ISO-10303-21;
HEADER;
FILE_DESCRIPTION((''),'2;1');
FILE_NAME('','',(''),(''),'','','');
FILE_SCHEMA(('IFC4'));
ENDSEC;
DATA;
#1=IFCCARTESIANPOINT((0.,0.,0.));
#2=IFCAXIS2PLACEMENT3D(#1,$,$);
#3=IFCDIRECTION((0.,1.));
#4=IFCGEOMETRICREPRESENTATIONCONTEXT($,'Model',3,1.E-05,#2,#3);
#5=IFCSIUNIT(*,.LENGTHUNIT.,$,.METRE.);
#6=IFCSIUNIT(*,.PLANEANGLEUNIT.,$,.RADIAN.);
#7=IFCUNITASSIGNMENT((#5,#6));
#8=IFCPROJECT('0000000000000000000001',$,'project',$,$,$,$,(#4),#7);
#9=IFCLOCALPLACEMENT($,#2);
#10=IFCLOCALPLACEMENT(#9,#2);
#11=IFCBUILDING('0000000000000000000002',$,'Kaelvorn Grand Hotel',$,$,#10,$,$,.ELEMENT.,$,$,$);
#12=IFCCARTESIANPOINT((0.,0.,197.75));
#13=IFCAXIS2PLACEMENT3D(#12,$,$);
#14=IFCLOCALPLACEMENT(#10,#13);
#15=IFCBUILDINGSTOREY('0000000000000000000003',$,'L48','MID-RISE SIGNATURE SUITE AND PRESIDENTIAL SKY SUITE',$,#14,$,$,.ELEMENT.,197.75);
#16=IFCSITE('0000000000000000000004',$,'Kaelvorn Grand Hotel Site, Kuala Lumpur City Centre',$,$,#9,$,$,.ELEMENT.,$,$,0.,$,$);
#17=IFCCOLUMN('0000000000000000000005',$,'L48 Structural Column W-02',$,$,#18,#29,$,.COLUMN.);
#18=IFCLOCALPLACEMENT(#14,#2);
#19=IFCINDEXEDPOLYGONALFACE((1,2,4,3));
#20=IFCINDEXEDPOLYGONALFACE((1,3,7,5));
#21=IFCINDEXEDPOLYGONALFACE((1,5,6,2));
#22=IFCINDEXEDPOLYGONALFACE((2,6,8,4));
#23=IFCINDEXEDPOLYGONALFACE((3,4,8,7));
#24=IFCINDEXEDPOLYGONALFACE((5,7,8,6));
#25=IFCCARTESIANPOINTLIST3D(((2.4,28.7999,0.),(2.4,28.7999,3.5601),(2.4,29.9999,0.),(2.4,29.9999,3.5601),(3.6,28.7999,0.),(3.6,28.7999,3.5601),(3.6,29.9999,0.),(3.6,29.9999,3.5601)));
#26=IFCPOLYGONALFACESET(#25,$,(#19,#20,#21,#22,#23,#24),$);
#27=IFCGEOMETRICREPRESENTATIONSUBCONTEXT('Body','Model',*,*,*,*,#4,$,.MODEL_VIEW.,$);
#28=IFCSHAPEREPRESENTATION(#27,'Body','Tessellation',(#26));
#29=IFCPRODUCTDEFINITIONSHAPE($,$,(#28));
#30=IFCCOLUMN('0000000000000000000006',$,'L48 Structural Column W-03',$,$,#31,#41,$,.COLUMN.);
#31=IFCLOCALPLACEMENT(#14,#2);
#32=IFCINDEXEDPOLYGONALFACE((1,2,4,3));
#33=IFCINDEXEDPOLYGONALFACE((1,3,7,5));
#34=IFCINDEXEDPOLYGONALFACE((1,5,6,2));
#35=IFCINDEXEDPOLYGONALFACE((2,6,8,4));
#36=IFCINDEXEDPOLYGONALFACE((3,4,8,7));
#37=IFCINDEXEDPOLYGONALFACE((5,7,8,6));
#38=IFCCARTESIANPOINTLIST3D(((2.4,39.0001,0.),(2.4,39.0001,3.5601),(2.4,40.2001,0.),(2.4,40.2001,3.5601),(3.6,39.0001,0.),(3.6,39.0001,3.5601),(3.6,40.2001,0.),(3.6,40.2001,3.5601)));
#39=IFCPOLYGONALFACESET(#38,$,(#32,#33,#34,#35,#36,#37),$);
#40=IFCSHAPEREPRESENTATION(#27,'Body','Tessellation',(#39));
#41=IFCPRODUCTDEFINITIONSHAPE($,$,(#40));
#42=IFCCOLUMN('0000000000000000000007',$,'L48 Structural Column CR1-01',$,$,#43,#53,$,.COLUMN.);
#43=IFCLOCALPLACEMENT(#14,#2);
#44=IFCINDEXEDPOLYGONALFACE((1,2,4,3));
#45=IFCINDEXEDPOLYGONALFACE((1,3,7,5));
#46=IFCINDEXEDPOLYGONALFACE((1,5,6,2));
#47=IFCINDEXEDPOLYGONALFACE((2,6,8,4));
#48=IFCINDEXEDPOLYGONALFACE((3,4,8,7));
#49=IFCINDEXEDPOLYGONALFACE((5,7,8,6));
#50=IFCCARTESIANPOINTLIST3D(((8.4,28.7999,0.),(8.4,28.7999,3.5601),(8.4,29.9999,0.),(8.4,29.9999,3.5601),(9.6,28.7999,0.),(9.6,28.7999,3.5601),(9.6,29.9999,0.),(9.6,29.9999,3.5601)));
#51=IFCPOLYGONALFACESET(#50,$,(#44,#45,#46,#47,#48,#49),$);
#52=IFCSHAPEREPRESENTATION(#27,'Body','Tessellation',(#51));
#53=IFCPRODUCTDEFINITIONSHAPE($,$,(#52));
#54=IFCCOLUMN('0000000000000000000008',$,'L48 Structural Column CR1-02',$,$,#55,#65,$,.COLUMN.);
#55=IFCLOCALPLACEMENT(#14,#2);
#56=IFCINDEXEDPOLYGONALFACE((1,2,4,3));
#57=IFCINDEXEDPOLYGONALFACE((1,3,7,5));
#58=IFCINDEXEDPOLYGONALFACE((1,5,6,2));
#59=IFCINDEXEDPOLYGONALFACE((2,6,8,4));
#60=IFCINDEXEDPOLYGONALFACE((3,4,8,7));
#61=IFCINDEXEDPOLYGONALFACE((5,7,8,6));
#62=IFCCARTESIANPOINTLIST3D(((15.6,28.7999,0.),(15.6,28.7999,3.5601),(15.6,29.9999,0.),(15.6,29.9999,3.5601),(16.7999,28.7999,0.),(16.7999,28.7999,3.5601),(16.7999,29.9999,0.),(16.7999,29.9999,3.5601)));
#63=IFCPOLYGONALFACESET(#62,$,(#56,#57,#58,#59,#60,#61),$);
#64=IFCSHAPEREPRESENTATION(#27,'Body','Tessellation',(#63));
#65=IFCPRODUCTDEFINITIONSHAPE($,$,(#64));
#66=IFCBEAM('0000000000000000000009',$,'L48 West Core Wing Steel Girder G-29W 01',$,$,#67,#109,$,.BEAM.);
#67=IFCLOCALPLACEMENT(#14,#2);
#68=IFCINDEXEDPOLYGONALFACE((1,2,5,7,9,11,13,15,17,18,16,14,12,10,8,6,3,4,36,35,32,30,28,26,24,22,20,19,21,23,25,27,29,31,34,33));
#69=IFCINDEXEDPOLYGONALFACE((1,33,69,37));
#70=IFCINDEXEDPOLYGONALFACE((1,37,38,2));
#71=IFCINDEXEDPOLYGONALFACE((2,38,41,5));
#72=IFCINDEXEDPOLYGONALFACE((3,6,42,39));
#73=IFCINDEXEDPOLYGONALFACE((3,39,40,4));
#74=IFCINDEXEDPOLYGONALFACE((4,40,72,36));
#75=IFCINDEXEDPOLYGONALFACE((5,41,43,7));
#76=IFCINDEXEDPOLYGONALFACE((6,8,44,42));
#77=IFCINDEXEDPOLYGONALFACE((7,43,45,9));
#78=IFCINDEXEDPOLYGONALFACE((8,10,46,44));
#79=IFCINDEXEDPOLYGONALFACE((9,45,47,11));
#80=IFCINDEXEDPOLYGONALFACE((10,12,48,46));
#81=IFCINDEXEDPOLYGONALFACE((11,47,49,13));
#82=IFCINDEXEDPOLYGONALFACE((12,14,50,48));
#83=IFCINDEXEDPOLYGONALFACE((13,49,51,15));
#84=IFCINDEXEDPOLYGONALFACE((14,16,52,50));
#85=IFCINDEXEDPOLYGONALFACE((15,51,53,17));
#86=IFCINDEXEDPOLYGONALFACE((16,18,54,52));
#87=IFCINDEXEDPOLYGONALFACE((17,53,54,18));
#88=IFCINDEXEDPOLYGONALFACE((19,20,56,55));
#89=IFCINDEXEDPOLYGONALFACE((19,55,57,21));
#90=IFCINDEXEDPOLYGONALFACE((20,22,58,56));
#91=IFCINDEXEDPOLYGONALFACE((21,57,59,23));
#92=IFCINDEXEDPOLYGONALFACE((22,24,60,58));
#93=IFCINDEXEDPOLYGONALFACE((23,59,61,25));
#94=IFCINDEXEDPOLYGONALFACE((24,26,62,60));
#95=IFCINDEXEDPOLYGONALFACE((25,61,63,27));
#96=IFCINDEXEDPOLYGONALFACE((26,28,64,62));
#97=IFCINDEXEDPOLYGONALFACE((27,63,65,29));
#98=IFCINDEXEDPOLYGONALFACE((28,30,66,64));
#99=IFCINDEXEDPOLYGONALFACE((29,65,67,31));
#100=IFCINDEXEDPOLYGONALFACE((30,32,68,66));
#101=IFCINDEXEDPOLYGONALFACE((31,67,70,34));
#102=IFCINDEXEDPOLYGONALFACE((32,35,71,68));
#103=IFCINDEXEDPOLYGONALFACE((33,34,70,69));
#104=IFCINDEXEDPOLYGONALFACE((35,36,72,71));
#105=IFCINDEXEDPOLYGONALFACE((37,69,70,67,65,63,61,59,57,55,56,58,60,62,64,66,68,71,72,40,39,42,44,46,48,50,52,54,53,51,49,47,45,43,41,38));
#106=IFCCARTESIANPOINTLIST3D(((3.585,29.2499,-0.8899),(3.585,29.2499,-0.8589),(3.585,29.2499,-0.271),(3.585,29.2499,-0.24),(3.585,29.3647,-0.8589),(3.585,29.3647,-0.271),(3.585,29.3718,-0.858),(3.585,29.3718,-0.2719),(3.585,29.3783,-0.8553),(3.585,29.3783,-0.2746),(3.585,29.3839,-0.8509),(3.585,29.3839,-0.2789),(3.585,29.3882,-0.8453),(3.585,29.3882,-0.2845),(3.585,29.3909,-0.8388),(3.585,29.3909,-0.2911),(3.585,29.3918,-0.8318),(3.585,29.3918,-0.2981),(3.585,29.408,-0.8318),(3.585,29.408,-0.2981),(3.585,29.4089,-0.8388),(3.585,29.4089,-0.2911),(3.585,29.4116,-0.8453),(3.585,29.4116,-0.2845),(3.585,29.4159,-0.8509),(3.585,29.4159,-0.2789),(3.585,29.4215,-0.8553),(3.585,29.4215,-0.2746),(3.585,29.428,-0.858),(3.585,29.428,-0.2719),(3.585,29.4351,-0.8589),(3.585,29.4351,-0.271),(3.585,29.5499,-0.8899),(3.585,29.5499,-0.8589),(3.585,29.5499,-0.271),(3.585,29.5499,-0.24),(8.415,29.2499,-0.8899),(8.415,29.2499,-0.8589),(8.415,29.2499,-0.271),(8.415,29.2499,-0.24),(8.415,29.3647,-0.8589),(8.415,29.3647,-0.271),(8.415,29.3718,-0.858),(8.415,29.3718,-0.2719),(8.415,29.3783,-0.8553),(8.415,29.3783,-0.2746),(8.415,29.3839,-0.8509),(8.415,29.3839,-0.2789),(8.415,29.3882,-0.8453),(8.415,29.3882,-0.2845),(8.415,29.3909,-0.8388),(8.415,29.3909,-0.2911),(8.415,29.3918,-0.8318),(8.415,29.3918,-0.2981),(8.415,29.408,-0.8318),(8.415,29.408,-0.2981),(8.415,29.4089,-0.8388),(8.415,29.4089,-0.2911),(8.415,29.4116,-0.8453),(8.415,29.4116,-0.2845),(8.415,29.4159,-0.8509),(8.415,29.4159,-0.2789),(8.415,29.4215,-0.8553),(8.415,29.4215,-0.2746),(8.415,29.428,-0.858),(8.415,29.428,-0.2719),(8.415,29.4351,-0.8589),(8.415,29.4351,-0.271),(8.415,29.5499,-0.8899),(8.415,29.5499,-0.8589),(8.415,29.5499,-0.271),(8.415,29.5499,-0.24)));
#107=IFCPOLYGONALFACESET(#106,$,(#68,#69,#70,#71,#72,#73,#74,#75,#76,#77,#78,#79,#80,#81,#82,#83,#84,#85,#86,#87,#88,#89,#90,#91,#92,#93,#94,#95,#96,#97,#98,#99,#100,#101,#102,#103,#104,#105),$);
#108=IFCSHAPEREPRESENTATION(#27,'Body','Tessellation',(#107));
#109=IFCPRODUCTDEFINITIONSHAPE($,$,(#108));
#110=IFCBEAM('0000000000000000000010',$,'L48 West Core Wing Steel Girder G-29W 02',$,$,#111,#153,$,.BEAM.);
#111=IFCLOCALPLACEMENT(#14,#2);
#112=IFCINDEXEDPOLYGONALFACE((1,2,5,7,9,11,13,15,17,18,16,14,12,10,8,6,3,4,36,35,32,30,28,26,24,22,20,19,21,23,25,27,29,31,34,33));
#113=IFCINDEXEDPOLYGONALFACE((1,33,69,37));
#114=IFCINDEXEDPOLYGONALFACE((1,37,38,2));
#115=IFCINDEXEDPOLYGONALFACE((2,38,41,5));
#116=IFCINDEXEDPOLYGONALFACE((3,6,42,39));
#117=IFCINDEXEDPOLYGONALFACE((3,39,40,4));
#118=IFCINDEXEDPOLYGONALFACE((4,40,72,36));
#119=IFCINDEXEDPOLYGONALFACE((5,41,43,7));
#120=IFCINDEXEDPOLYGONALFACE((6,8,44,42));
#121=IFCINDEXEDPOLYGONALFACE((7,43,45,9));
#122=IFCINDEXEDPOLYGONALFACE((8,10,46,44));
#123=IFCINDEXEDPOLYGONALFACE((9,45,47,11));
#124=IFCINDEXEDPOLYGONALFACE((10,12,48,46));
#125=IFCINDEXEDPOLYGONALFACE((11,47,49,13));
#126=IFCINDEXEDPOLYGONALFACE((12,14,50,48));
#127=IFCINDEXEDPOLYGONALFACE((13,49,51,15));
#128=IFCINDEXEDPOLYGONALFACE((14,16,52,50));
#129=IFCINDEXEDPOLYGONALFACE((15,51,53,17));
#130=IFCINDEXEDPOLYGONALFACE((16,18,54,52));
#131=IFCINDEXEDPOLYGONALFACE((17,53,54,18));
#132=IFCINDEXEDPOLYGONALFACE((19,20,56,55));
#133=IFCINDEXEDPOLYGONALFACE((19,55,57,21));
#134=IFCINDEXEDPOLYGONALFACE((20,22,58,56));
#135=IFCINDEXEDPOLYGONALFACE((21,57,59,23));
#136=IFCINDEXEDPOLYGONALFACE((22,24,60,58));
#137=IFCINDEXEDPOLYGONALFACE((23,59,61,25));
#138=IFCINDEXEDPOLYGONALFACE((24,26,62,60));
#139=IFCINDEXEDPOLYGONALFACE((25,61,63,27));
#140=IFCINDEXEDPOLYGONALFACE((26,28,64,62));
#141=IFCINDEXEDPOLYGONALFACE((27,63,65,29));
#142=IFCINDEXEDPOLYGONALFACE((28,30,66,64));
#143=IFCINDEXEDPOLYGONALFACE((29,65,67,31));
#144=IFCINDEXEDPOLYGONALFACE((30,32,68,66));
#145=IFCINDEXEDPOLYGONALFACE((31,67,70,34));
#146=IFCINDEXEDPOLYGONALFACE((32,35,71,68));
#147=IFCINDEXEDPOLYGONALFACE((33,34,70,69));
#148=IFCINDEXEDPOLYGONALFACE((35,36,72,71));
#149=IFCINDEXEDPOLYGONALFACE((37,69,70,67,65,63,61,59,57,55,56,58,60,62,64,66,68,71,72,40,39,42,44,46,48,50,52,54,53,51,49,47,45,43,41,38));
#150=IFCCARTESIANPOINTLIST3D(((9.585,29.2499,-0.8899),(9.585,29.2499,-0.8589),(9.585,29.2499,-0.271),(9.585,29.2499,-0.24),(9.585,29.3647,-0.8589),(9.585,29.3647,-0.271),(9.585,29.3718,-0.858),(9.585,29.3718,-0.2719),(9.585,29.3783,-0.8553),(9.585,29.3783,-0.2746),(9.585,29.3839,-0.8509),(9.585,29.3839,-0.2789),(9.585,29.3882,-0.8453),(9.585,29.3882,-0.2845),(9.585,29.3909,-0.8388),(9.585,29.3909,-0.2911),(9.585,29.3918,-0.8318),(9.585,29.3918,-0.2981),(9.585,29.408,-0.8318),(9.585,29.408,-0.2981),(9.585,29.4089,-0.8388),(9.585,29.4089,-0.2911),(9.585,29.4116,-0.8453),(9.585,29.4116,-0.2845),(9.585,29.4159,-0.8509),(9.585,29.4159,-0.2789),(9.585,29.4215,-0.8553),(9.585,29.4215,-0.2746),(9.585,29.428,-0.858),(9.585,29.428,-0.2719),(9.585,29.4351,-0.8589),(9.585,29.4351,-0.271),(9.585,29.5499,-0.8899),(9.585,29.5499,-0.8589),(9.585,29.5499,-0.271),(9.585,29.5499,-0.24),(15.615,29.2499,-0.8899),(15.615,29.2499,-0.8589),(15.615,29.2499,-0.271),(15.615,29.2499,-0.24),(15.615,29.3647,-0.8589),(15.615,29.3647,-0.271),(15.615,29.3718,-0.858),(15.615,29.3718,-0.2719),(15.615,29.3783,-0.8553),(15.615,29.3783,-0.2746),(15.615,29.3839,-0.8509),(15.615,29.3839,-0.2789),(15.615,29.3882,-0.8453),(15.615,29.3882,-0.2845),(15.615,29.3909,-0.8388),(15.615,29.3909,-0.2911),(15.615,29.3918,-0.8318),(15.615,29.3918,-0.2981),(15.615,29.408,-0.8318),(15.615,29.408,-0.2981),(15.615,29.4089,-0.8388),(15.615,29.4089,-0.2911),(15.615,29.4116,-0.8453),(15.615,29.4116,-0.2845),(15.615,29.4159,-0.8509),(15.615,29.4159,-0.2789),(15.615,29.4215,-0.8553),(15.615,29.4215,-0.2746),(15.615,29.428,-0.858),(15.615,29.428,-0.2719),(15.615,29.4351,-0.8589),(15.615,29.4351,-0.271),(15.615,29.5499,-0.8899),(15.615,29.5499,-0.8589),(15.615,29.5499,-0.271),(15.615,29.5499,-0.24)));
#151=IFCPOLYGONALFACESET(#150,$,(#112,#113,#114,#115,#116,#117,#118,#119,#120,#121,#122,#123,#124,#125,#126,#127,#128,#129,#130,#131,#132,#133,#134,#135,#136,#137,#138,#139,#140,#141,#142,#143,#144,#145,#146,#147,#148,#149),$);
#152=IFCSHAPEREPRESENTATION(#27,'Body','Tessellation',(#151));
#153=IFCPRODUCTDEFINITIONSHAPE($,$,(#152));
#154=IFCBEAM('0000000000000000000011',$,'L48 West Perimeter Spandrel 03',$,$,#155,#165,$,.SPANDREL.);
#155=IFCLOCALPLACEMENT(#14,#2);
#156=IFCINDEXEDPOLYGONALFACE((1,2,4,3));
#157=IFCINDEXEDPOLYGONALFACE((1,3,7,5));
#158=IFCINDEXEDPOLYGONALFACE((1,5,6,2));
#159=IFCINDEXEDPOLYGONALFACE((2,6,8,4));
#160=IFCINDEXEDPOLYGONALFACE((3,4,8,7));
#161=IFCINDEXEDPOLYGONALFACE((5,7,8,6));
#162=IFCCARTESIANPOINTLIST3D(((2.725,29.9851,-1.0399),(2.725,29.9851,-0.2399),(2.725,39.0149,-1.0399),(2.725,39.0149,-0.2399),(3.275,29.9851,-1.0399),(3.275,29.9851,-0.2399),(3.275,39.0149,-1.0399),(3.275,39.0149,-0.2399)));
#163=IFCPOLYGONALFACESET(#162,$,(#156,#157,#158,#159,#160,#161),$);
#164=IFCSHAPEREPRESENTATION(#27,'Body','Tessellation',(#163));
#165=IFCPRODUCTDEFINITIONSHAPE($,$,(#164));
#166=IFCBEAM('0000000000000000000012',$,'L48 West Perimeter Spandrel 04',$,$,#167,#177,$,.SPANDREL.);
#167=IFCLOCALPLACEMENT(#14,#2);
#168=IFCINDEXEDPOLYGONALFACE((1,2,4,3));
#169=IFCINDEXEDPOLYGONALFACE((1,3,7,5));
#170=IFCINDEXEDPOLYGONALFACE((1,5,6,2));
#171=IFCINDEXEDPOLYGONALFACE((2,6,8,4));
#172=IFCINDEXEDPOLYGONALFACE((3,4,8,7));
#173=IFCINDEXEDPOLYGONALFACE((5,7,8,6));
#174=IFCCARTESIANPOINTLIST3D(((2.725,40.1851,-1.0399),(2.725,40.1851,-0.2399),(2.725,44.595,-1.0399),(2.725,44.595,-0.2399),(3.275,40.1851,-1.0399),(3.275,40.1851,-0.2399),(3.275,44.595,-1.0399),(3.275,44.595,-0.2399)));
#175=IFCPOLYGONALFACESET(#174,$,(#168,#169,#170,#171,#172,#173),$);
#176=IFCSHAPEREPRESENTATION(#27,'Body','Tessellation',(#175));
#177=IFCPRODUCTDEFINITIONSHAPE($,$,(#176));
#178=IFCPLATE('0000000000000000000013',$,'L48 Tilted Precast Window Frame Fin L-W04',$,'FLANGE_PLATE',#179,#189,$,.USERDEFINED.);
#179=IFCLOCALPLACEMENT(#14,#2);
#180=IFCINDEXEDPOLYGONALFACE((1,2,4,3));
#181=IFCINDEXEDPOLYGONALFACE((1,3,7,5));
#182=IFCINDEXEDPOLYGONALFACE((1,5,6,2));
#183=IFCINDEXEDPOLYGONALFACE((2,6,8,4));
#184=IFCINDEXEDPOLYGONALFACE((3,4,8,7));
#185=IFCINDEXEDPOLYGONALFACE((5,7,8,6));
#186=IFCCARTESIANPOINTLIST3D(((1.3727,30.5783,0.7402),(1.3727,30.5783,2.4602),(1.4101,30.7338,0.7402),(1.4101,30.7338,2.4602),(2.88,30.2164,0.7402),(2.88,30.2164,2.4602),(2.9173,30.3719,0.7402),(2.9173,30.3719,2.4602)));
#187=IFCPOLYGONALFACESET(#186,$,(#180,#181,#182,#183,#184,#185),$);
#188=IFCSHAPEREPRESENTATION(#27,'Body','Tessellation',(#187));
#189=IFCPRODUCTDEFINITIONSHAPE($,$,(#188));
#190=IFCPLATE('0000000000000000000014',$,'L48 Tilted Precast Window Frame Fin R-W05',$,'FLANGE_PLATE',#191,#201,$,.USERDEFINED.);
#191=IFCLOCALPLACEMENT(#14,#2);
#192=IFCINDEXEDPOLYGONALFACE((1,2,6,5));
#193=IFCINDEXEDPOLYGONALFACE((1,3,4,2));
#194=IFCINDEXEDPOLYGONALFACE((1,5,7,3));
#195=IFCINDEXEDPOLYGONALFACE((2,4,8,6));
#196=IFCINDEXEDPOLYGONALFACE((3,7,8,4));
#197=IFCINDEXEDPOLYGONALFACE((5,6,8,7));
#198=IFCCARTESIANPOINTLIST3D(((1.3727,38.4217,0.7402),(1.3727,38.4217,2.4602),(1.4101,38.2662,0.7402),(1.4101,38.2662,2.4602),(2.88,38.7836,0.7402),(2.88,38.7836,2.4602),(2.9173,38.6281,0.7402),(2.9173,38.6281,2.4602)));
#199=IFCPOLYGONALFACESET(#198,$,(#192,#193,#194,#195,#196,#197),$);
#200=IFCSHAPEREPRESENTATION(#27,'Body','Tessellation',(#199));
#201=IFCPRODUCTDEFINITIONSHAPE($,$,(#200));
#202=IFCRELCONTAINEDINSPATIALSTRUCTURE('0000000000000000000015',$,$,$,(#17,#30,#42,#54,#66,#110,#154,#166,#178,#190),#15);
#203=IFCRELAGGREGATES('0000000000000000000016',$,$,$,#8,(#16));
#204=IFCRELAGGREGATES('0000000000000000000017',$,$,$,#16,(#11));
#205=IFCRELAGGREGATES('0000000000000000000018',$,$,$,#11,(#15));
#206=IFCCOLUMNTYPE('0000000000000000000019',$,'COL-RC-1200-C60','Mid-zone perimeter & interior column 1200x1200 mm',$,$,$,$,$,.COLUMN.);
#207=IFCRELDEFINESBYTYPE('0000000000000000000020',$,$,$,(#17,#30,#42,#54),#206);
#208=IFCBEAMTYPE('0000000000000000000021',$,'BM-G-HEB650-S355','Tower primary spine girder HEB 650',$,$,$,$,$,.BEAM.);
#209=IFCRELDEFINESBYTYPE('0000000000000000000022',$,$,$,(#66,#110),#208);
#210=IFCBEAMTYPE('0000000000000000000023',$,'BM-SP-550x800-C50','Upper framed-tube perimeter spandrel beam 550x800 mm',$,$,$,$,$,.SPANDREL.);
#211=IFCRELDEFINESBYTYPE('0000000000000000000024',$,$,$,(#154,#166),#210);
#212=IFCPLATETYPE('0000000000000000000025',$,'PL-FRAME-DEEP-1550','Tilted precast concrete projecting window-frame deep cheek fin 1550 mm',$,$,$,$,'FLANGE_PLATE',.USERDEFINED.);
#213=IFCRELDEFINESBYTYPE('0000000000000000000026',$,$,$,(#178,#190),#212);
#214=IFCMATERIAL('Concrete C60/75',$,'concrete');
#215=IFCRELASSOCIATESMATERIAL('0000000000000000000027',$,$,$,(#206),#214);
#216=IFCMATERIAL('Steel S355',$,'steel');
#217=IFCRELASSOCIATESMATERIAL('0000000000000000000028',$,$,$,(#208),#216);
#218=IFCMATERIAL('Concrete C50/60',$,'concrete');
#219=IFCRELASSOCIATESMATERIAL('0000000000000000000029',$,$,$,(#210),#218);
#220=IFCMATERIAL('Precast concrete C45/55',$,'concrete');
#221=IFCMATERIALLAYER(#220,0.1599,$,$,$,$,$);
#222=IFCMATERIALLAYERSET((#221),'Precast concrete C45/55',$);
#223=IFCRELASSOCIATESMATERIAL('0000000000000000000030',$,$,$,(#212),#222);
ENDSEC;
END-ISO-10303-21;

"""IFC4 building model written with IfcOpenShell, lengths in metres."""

from ifc_helpers import new_model, si_unit, direction, frame, origin, origin_2d, place, context, subcontext, project, spatial, rectangle, i_section, extrude, material, layer, layer_set, material_profile, profile_set, type_object, element, save


model = new_model("IFC4")

# Units and contexts
model_context = context("Model", 3, precision=1e-05, world=origin(), true_north=direction((0.0, 1.0)))
body_context = subcontext(model_context, "Body", "Model", "MODEL_VIEW")
ifc_project = project(units=[si_unit("LENGTHUNIT", "METRE"), si_unit("PLANEANGLEUNIT", "RADIAN")], contexts=[model_context])

# Site, building, storey
site_placement = place(None, origin())
site = spatial("IfcSite", under=ifc_project, at=site_placement, Name="Kaelvorn Grand Hotel Site, Kuala Lumpur City Centre", CompositionType="ELEMENT", RefElevation=0.0)
building_placement = place(site_placement, origin())
building = spatial("IfcBuilding", under=site, at=building_placement, Name="Kaelvorn Grand Hotel", CompositionType="ELEMENT")
storey_placement = place(building_placement, frame((0.0, 0.0, 197.75)))
storey = spatial("IfcBuildingStorey", under=building, at=storey_placement, Name="L48", Description="MID-RISE SIGNATURE SUITE AND PRESIDENTIAL SKY SUITE", CompositionType="ELEMENT", Elevation=197.75)

# Columns
ifc_material_1 = material(Name="Concrete C60/75", Category="concrete")
ifc_material_profile_1 = material_profile(ifc_material_1, rectangle(XDim=1.2, YDim=1.2, at=origin_2d()), Name="RC COL 1200x1200")
ifc_profile_set_1 = profile_set([ifc_material_profile_1], Name="Concrete C60/75")
column_type = type_object("IfcColumnType", Name="COL-RC-1200-C60", Description="Mid-zone perimeter & interior column 1200x1200 mm", PredefinedType="COLUMN", material=ifc_profile_set_1)
for number, where, z_axis, x_axis, name in (
    (1, (3.0, 29.3999, 0.0), (0.0, 0.0, 1.0), (1.0, 0.0, 0.0), "L48 Structural Column W-02"),
    (2, (3.0, 39.6001, 0.0), (0.0, 0.0, 1.0), (1.0, 0.0, 0.0), "L48 Structural Column W-03"),
    (3, (9.0, 29.3999, 0.0), (0.0, 0.0, 1.0), (1.0, 0.0, 0.0), "L48 Structural Column CR1-01"),
    (4, (16.2, 29.3999, 0.0), (0.0, 0.0, 1.0), (1.0, 0.0, 0.0), "L48 Structural Column CR1-02"),
):
    element("IfcColumn", number, at=place(storey_placement, frame(where, z_axis=z_axis, x_axis=x_axis)), inside=storey, type_object=column_type, Name=name, PredefinedType="COLUMN", context=body_context, shape_type="SweptSolid", body=[
        extrude(rectangle(XDim=1.2, YDim=1.2, at=origin_2d()), origin(), (0.0, 0.0, 1.0), 3.5601),
    ])

# Beams
ifc_material_2 = material(Name="Steel S355", Category="steel")
ifc_material_profile_2 = material_profile(ifc_material_2, i_section(OverallWidth=0.3, OverallDepth=0.6499, WebThickness=0.0161, FlangeThickness=0.031, FilletRadius=0.0271, at=origin_2d()), Name="HEB 650")
ifc_profile_set_2 = profile_set([ifc_material_profile_2], Name="Steel S355")
beam_type_1 = type_object("IfcBeamType", Name="BM-G-HEB650-S355", Description="Tower primary spine girder HEB 650", PredefinedType="BEAM", material=ifc_profile_set_2)
beam_1_placement = place(storey_placement, frame((3.585, 29.3999, -0.5649), z_axis=(1.0, 0.0, 0.0), x_axis=(0.0, 1.0, 0.0)))
element("IfcBeam", 5, at=beam_1_placement, inside=storey, type_object=beam_type_1, Name="L48 West Core Wing Steel Girder G-29W 01", PredefinedType="BEAM", context=body_context, shape_type="SweptSolid", body=[
    extrude(i_section(OverallWidth=0.3, OverallDepth=0.6499, WebThickness=0.0161, FlangeThickness=0.031, FilletRadius=0.0271, at=origin_2d()), origin(), (0.0, 0.0, 1.0), 4.8301),
])
beam_2_placement = place(storey_placement, frame((9.585, 29.3999, -0.5649), z_axis=(1.0, 0.0, 0.0), x_axis=(0.0, 1.0, 0.0)))
element("IfcBeam", 6, at=beam_2_placement, inside=storey, type_object=beam_type_1, Name="L48 West Core Wing Steel Girder G-29W 02", PredefinedType="BEAM", context=body_context, shape_type="SweptSolid", body=[
    extrude(i_section(OverallWidth=0.3, OverallDepth=0.6499, WebThickness=0.0161, FlangeThickness=0.031, FilletRadius=0.0271, at=origin_2d()), origin(), (0.0, 0.0, 1.0), 6.03),
])
ifc_material_3 = material(Name="Concrete C50/60", Category="concrete")
ifc_material_profile_3 = material_profile(ifc_material_3, rectangle(XDim=0.55, YDim=0.8, at=origin_2d()), Name="RC SPANDREL 550x800")
ifc_profile_set_3 = profile_set([ifc_material_profile_3], Name="Concrete C50/60")
beam_type_2 = type_object("IfcBeamType", Name="BM-SP-550x800-C50", Description="Upper framed-tube perimeter spandrel beam 550x800 mm", PredefinedType="SPANDREL", material=ifc_profile_set_3)
beam_3_placement = place(storey_placement, frame((3.0, 29.9851, -0.6399), z_axis=(0.0, 1.0, 0.0), x_axis=(-1.0, 0.0, 0.0)))
element("IfcBeam", 7, at=beam_3_placement, inside=storey, type_object=beam_type_2, Name="L48 West Perimeter Spandrel 03", PredefinedType="SPANDREL", context=body_context, shape_type="SweptSolid", body=[
    extrude(rectangle(XDim=0.55, YDim=0.8, at=origin_2d()), origin(), (0.0, 0.0, 1.0), 9.0298),
])
beam_4_placement = place(storey_placement, frame((3.0, 40.1851, -0.6399), z_axis=(0.0, 1.0, 0.0), x_axis=(-1.0, 0.0, 0.0)))
element("IfcBeam", 8, at=beam_4_placement, inside=storey, type_object=beam_type_2, Name="L48 West Perimeter Spandrel 04", PredefinedType="SPANDREL", context=body_context, shape_type="SweptSolid", body=[
    extrude(rectangle(XDim=0.55, YDim=0.8, at=origin_2d()), origin(), (0.0, 0.0, 1.0), 4.4099),
])

# Plates
ifc_material_4 = material(Name="Precast concrete C45/55", Category="concrete")
ifc_layer_1 = layer(ifc_material_4, 0.1599)
ifc_layer_set_1 = layer_set([ifc_layer_1], Name="Precast concrete C45/55")
plate_type_1 = type_object("IfcPlateType", Name="PL-FRAME-DEEP-1550", Description="Tilted precast concrete projecting window-frame deep cheek fin 1550 mm", ElementType="FLANGE_PLATE", PredefinedType="USERDEFINED", material=ifc_layer_set_1)
for number, where, z_axis, x_axis, name in (
    (9, (2.145, 30.4751, 0.7402), (0.0, 0.0, 1.0), (0.233445, 0.97237, 0.0), "L48 Tilted Precast Window Frame Fin L-W04"),
    (10, (2.145, 38.5249, 0.7402), (0.0, 0.0, 1.0), (-0.233445, 0.97237, 0.0), "L48 Tilted Precast Window Frame Fin R-W05"),
):
    element("IfcPlate", number, at=place(storey_placement, frame(where, z_axis=z_axis, x_axis=x_axis)), inside=storey, type_object=plate_type_1, Name=name, ObjectType="FLANGE_PLATE", PredefinedType="USERDEFINED", context=body_context, shape_type="SweptSolid", body=[
        extrude(rectangle(XDim=0.1599, YDim=1.55, at=origin_2d()), origin(), (0.0, 0.0, 1.0), 1.72),
    ])

save(model, "model.ifc")
